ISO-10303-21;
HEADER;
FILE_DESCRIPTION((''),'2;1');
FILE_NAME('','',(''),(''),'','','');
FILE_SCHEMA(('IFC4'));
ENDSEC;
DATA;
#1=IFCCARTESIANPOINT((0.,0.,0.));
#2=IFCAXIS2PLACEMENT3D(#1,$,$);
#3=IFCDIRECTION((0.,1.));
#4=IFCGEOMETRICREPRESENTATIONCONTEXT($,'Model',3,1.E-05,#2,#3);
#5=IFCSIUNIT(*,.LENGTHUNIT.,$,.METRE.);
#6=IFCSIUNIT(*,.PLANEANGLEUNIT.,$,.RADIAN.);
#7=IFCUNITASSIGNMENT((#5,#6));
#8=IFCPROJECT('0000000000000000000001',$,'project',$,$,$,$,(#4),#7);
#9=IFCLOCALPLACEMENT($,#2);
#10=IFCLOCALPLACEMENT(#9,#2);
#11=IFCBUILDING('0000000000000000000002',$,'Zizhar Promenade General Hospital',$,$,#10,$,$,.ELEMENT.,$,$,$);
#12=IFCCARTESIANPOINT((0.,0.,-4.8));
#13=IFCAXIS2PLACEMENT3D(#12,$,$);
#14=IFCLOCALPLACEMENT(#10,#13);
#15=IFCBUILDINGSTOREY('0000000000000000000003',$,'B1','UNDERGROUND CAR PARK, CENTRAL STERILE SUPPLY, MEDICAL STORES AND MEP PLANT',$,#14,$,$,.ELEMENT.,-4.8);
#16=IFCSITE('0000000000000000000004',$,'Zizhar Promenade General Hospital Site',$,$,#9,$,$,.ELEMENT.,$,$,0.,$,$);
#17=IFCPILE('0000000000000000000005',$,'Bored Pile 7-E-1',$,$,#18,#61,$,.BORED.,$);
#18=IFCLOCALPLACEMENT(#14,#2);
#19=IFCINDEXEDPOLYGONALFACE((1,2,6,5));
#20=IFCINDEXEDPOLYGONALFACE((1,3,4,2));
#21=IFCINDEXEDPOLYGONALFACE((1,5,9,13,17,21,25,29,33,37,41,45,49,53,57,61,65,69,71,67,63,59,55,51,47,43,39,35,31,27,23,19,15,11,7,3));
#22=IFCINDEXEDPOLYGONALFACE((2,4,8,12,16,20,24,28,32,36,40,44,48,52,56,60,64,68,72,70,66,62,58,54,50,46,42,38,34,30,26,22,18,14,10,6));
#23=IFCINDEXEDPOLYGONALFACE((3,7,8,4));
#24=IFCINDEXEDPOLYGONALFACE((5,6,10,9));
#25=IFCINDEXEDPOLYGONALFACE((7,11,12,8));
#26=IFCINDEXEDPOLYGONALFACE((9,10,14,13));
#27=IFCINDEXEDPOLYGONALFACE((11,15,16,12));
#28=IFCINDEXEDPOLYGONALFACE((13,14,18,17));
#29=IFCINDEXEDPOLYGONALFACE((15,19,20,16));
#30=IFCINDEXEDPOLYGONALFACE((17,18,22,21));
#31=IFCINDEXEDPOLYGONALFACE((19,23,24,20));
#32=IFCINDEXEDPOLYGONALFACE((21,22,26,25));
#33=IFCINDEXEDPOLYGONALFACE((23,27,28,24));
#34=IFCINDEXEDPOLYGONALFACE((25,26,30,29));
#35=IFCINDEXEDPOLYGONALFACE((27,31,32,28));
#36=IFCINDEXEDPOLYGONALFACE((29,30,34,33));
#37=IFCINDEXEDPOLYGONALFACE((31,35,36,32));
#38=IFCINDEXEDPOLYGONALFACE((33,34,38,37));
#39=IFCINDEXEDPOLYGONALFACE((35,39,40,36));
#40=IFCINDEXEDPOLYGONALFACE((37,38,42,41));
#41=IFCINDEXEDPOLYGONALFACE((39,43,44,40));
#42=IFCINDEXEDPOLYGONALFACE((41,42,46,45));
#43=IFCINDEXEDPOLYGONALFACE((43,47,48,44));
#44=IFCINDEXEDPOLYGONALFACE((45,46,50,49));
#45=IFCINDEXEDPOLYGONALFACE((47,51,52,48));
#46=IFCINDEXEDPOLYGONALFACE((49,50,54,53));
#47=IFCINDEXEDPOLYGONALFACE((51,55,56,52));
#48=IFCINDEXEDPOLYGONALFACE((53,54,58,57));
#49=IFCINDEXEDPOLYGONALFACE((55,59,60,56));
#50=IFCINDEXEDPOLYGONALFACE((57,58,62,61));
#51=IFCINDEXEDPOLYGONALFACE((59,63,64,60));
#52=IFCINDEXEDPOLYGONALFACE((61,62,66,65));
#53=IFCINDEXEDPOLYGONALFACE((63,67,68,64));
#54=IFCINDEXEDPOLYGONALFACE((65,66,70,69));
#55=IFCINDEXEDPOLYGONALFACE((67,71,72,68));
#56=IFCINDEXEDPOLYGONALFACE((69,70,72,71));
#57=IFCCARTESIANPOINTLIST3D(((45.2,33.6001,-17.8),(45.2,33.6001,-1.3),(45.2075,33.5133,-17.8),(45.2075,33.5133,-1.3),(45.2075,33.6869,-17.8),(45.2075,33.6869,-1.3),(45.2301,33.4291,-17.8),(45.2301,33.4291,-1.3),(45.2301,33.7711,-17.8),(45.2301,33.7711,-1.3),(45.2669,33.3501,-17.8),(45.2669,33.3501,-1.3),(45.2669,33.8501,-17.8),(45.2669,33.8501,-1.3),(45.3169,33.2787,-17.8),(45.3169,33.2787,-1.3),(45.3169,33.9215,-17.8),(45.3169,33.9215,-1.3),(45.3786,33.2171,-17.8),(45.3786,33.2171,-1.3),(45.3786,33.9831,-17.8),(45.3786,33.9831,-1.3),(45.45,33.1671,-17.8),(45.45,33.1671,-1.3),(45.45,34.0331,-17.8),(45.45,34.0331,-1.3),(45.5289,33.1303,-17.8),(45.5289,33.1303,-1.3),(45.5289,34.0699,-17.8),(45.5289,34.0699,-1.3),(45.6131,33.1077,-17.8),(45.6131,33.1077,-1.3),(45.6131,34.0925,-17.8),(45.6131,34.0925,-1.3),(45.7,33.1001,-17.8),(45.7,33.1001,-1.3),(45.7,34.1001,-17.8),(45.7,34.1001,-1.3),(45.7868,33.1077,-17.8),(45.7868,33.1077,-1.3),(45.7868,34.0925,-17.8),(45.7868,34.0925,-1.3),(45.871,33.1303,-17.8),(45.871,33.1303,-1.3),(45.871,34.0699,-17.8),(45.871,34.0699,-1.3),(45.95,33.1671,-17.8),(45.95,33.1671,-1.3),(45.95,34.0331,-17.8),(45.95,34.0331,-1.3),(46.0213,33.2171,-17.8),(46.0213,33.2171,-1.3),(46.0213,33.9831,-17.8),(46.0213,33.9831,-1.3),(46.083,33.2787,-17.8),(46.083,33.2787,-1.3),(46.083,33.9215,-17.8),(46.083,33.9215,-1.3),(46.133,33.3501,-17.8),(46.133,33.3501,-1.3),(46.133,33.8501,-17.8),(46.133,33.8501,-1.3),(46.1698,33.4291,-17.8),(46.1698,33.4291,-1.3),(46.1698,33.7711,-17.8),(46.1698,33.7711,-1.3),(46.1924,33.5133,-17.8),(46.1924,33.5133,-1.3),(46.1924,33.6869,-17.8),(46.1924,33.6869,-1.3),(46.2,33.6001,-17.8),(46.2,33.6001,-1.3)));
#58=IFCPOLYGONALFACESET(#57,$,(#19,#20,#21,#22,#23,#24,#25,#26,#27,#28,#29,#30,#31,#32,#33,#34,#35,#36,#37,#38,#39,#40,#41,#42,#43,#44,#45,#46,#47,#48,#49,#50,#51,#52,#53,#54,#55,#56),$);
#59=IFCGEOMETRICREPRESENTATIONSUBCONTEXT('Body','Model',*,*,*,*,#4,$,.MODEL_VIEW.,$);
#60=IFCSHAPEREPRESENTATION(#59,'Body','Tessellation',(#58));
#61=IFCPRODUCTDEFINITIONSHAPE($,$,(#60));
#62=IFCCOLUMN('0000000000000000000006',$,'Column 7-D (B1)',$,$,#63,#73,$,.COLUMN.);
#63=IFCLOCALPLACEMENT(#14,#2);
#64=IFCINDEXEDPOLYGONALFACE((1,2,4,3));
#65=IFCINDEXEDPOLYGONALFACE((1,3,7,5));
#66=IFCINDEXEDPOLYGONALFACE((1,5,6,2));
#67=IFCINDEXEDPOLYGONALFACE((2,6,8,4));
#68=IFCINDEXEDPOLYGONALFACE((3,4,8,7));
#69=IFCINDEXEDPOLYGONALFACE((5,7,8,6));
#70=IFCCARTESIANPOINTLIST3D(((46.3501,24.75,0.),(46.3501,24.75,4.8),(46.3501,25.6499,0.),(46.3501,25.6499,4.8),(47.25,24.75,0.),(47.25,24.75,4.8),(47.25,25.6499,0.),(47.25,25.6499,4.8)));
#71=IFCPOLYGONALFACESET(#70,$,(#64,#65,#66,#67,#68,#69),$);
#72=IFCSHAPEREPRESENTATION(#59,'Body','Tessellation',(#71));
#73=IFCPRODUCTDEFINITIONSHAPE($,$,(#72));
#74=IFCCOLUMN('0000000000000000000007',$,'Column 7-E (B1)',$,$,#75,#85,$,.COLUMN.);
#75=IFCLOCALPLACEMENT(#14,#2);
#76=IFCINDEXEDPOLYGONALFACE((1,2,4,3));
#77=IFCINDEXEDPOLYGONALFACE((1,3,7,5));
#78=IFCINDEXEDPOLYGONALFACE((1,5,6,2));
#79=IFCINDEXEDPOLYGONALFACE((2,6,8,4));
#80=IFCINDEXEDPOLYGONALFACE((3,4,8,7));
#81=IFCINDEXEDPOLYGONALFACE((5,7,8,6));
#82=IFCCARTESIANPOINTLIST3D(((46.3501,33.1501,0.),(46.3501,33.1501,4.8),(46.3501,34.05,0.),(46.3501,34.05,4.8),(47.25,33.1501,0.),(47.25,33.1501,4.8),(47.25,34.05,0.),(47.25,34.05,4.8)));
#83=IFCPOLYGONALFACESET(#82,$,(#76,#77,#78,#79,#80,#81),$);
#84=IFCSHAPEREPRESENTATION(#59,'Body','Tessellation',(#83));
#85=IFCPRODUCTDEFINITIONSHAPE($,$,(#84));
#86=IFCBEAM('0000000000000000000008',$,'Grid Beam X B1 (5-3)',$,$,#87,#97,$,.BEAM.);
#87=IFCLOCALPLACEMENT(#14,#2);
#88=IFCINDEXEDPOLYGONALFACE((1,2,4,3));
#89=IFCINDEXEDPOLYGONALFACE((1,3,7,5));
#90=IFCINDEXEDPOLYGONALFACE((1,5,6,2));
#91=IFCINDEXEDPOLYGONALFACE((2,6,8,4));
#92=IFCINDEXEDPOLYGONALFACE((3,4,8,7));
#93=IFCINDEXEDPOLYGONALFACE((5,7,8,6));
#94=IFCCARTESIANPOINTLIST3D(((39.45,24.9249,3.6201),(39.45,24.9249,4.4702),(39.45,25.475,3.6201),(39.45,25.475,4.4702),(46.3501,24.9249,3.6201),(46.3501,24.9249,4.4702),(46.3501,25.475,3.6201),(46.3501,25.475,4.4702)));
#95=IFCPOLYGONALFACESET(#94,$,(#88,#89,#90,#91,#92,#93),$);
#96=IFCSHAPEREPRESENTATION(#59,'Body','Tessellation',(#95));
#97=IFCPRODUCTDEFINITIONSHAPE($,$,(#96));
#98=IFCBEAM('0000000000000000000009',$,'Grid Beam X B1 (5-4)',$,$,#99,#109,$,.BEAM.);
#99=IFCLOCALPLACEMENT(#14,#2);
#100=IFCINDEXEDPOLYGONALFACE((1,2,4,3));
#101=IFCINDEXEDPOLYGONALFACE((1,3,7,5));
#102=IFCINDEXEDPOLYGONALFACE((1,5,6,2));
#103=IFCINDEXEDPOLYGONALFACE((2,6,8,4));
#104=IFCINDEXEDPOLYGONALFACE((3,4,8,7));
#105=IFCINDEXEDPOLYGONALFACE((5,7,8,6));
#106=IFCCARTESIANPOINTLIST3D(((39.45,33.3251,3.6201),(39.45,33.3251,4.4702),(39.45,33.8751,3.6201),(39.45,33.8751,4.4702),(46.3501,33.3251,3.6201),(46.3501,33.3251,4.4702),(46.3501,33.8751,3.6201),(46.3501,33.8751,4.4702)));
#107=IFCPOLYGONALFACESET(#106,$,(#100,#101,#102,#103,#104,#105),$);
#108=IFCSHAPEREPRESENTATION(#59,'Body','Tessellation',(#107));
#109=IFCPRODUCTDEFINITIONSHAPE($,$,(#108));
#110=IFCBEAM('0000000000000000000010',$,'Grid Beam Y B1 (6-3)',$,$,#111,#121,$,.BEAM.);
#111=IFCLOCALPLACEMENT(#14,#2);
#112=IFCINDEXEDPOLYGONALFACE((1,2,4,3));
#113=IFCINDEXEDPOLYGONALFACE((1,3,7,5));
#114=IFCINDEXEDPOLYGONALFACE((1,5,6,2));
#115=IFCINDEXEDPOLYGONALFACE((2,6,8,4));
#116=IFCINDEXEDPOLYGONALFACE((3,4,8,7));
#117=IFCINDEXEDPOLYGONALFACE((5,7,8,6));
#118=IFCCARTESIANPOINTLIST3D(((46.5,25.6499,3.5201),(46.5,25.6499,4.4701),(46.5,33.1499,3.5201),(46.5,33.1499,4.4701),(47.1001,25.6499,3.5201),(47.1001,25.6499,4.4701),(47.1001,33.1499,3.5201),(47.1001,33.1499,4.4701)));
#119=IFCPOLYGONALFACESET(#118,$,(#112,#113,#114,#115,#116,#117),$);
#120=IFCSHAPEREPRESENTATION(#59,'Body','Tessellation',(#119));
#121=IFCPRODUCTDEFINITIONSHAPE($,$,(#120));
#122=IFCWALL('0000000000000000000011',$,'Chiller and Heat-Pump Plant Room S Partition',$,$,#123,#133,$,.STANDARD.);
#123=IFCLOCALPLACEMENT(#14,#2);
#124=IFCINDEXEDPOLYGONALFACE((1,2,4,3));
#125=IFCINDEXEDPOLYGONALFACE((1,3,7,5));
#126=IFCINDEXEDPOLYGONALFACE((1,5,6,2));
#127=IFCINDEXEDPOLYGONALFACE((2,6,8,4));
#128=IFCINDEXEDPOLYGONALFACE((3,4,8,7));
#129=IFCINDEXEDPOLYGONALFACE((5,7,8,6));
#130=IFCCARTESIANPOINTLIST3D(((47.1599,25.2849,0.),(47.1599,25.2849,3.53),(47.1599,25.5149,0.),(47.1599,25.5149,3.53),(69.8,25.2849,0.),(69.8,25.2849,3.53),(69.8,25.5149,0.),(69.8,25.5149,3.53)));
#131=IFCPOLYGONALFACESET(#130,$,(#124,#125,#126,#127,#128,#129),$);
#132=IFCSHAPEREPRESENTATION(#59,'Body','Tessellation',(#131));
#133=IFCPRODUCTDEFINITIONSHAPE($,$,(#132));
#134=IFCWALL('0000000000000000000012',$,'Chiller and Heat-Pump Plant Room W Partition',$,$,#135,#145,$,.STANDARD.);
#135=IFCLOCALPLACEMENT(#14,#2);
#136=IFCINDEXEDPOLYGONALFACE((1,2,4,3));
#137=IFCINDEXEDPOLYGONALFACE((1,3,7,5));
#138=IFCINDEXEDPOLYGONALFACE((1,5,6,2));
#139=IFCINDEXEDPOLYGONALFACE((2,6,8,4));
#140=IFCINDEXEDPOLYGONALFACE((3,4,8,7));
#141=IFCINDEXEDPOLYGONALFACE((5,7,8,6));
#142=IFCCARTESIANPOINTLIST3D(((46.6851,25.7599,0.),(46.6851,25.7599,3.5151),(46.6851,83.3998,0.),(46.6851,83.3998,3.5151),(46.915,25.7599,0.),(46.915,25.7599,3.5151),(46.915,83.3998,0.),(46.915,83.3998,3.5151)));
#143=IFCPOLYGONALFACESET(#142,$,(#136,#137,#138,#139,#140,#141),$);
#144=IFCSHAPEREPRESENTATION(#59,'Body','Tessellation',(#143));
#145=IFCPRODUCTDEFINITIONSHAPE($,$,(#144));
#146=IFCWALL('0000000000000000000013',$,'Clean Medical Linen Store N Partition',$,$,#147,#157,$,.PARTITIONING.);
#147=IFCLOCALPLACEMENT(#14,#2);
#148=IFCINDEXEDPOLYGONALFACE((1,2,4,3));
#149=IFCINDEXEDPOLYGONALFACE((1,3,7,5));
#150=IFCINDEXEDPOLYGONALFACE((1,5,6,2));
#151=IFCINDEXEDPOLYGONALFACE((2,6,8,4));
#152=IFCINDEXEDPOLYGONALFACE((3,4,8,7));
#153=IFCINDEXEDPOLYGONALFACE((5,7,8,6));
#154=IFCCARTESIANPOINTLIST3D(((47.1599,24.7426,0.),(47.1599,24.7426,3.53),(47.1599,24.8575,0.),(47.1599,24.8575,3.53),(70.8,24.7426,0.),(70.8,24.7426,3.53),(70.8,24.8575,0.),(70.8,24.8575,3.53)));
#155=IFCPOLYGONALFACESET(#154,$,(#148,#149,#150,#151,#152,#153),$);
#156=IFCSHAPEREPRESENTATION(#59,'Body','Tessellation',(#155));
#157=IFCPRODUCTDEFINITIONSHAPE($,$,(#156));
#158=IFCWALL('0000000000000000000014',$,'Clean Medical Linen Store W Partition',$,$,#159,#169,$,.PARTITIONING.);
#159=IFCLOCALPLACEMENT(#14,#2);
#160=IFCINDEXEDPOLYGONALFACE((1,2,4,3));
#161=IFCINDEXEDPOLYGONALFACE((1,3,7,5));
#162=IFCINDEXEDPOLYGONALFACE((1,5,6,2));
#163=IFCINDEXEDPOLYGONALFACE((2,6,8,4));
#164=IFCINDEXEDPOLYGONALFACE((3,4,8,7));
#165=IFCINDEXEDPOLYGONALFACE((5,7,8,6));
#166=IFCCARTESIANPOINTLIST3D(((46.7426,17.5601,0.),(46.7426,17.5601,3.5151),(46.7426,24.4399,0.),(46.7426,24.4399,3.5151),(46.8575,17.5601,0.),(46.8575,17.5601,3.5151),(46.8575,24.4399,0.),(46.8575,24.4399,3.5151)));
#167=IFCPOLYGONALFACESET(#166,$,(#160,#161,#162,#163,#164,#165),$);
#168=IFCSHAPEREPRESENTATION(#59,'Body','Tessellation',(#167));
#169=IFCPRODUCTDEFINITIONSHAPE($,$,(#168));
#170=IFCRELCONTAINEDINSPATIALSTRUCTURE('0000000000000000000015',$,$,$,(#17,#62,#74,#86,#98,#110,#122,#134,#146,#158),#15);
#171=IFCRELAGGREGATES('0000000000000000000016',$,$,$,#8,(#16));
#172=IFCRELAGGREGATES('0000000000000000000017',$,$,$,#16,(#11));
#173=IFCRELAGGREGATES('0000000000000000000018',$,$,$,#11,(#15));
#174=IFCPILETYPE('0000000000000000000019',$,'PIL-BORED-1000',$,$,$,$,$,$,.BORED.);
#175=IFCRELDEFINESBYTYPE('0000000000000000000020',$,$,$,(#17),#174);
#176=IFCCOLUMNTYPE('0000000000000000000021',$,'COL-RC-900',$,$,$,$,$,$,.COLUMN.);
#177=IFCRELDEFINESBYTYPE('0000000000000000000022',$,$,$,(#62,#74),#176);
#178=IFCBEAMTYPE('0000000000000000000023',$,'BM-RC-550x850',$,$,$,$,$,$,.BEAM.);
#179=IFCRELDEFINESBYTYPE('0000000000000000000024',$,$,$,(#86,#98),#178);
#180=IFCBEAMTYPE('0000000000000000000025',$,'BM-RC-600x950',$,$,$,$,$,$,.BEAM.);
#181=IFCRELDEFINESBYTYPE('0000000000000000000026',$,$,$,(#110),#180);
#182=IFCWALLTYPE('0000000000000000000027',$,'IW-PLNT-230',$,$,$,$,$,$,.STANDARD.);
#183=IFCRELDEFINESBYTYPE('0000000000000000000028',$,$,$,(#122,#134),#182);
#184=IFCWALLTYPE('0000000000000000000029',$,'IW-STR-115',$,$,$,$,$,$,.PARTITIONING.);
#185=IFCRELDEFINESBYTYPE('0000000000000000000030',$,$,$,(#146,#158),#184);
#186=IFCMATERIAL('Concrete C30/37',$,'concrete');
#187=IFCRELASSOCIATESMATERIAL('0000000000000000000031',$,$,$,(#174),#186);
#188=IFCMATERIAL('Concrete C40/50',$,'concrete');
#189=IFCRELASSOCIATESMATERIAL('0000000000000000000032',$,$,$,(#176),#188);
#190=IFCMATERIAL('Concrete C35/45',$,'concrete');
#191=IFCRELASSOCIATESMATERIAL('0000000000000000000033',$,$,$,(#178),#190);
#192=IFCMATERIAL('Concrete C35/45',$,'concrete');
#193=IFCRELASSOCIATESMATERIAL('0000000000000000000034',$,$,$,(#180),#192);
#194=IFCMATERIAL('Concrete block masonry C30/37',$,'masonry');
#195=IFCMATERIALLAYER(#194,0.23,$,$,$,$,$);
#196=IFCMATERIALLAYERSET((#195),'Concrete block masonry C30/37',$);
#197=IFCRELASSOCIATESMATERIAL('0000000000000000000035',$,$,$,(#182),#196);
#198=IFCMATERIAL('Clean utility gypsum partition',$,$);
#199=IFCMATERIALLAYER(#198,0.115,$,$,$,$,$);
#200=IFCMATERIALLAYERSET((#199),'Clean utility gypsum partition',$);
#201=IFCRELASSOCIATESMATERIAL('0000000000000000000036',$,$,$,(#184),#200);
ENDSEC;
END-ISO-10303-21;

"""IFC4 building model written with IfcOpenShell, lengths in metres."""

from ifc_helpers import new_model, si_unit, direction, frame, frame_2d, origin, origin_2d, place, context, subcontext, project, spatial, rectangle, circle, extrude, material, layer, layer_set, material_profile, profile_set, type_object, element, save


model = new_model("IFC4")

# Units and contexts
model_context = context("Model", 3, precision=1e-05, world=origin(), true_north=direction((0.0, 1.0)))
body_context = subcontext(model_context, "Body", "Model", "MODEL_VIEW")
ifc_project = project(units=[si_unit("LENGTHUNIT", "METRE"), si_unit("PLANEANGLEUNIT", "RADIAN")], contexts=[model_context])

# Site, building, storey
site_placement = place(None, origin())
site = spatial("IfcSite", under=ifc_project, at=site_placement, Name="Zizhar Promenade General Hospital Site", CompositionType="ELEMENT", RefElevation=0.0)
building_placement = place(site_placement, origin())
building = spatial("IfcBuilding", under=site, at=building_placement, Name="Zizhar Promenade General Hospital", CompositionType="ELEMENT")
storey_placement = place(building_placement, frame((0.0, 0.0, -4.8)))
storey = spatial("IfcBuildingStorey", under=building, at=storey_placement, Name="B1", Description="UNDERGROUND CAR PARK, CENTRAL STERILE SUPPLY, MEDICAL STORES AND MEP PLANT", CompositionType="ELEMENT", Elevation=-4.8)

# Pile
ifc_material_1 = material(Name="Concrete C30/37", Category="concrete")
ifc_material_profile_1 = material_profile(ifc_material_1, circle(Radius=0.5, at=origin_2d()))
ifc_profile_set_1 = profile_set([ifc_material_profile_1], Name="Concrete C30/37")
pile_type = type_object("IfcPileType", Name="PIL-BORED-1000", PredefinedType="BORED", material=ifc_profile_set_1)
for number, where, z_axis, x_axis, name in (
    (1, (45.7, 33.6001, -1.3), (0.0, 0.0, -1.0), (1.0, 0.0, 0.0), "Bored Pile 7-E-1"),
):
    element("IfcPile", number, at=place(storey_placement, frame(where, z_axis=z_axis, x_axis=x_axis)), inside=storey, type_object=pile_type, Name=name, PredefinedType="BORED", context=body_context, shape_type="SweptSolid", body=[
        extrude(circle(Radius=0.5, at=origin_2d()), origin(), (0.0, 0.0, 1.0), 16.5),
    ])

# Columns
ifc_material_2 = material(Name="Concrete C40/50", Category="concrete")
ifc_material_profile_2 = material_profile(ifc_material_2, rectangle(XDim=0.8999, YDim=0.8999, at=origin_2d()))
ifc_profile_set_2 = profile_set([ifc_material_profile_2], Name="Concrete C40/50")
column_type = type_object("IfcColumnType", Name="COL-RC-900", PredefinedType="COLUMN", material=ifc_profile_set_2)
for number, where, z_axis, x_axis, name in (
    (2, (46.8, 25.2, 0.0), (0.0, 0.0, 1.0), (1.0, 0.0, 0.0), "Column 7-D (B1)"),
    (3, (46.8, 33.6001, 0.0), (0.0, 0.0, 1.0), (1.0, 0.0, 0.0), "Column 7-E (B1)"),
):
    element("IfcColumn", number, at=place(storey_placement, frame(where, z_axis=z_axis, x_axis=x_axis)), inside=storey, type_object=column_type, Name=name, PredefinedType="COLUMN", context=body_context, shape_type="SweptSolid", body=[
        extrude(rectangle(XDim=0.8999, YDim=0.8999, at=origin_2d()), origin(), (0.0, 0.0, 1.0), 4.8),
    ])

# Beams
ifc_material_3 = material(Name="Concrete C35/45", Category="concrete")
ifc_material_profile_3 = material_profile(ifc_material_3, rectangle(XDim=0.55, YDim=0.8501, at=origin_2d()))
ifc_profile_set_3 = profile_set([ifc_material_profile_3], Name="Concrete C35/45")
beam_type_1 = type_object("IfcBeamType", Name="BM-RC-550x850", PredefinedType="BEAM", material=ifc_profile_set_3)
for number, where, z_axis, x_axis, name in (
    (4, (39.45, 25.2, 4.0452), (1.0, 0.0, 0.0), (0.0, 1.0, 0.0), "Grid Beam X B1 (5-3)"),
    (5, (39.45, 33.6001, 4.0452), (1.0, 0.0, 0.0), (0.0, 1.0, 0.0), "Grid Beam X B1 (5-4)"),
):
    element("IfcBeam", number, at=place(storey_placement, frame(where, z_axis=z_axis, x_axis=x_axis)), inside=storey, type_object=beam_type_1, Name=name, PredefinedType="BEAM", context=body_context, shape_type="SweptSolid", body=[
        extrude(rectangle(XDim=0.55, YDim=0.8501, at=origin_2d()), origin(), (0.0, 0.0, 1.0), 6.9001),
    ])
ifc_material_4 = material(Name="Concrete C35/45", Category="concrete")
ifc_material_profile_4 = material_profile(ifc_material_4, rectangle(XDim=0.6001, YDim=0.95, at=origin_2d()))
ifc_profile_set_4 = profile_set([ifc_material_profile_4], Name="Concrete C35/45")
beam_type_2 = type_object("IfcBeamType", Name="BM-RC-600x950", PredefinedType="BEAM", material=ifc_profile_set_4)
beam_placement = place(storey_placement, frame((46.8, 25.6499, 3.9951), z_axis=(0.0, 1.0, 0.0), x_axis=(-1.0, 0.0, 0.0)))
element("IfcBeam", 6, at=beam_placement, inside=storey, type_object=beam_type_2, Name="Grid Beam Y B1 (6-3)", PredefinedType="BEAM", context=body_context, shape_type="SweptSolid", body=[
    extrude(rectangle(XDim=0.6001, YDim=0.95, at=origin_2d()), origin(), (0.0, 0.0, 1.0), 7.5),
])

# Walls
ifc_material_5 = material(Name="Concrete block masonry C30/37", Category="masonry")
ifc_layer_1 = layer(ifc_material_5, 0.23)
ifc_layer_set_1 = layer_set([ifc_layer_1], Name="Concrete block masonry C30/37")
wall_type_1 = type_object("IfcWallType", Name="IW-PLNT-230", PredefinedType="STANDARD", material=ifc_layer_set_1)
wall_1_placement = place(storey_placement, frame((47.1599, 25.3999, 0.0), z_axis=(0.0, 0.0, 1.0), x_axis=(1.0, 0.0, 0.0)))
element("IfcWall", 7, at=wall_1_placement, inside=storey, type_object=wall_type_1, Name="Chiller and Heat-Pump Plant Room S Partition", PredefinedType="STANDARD", context=body_context, shape_type="SweptSolid", body=[
    extrude(rectangle(XDim=22.6401, YDim=0.23, at=frame_2d((11.3201, 0.0))), origin(), (0.0, 0.0, 1.0), 3.53),
])
wall_2_placement = place(storey_placement, frame((46.8, 25.76, 0.0), z_axis=(0.0, 0.0, 1.0), x_axis=(0.0, 1.0, 0.0)))
element("IfcWall", 8, at=wall_2_placement, inside=storey, type_object=wall_type_1, Name="Chiller and Heat-Pump Plant Room W Partition", PredefinedType="STANDARD", context=body_context, shape_type="SweptSolid", body=[
    extrude(rectangle(XDim=57.6399, YDim=0.23, at=frame_2d((28.8198, 0.0))), origin(), (0.0, 0.0, 1.0), 3.5151),
])
ifc_material_6 = material(Name="Clean utility gypsum partition")
ifc_layer_2 = layer(ifc_material_6, 0.115)
ifc_layer_set_2 = layer_set([ifc_layer_2], Name="Clean utility gypsum partition")
wall_type_2 = type_object("IfcWallType", Name="IW-STR-115", PredefinedType="PARTITIONING", material=ifc_layer_set_2)
wall_3_placement = place(storey_placement, frame((47.1599, 24.8, 0.0), z_axis=(0.0, 0.0, 1.0), x_axis=(1.0, 0.0, 0.0)))
element("IfcWall", 9, at=wall_3_placement, inside=storey, type_object=wall_type_2, Name="Clean Medical Linen Store N Partition", PredefinedType="PARTITIONING", context=body_context, shape_type="SweptSolid", body=[
    extrude(rectangle(XDim=23.6401, YDim=0.115, at=frame_2d((11.8201, 0.0))), origin(), (0.0, 0.0, 1.0), 3.53),
])
wall_4_placement = place(storey_placement, frame((46.8, 17.5601, 0.0), z_axis=(0.0, 0.0, 1.0), x_axis=(0.0, 1.0, 0.0)))
element("IfcWall", 10, at=wall_4_placement, inside=storey, type_object=wall_type_2, Name="Clean Medical Linen Store W Partition", PredefinedType="PARTITIONING", context=body_context, shape_type="SweptSolid", body=[
    extrude(rectangle(XDim=6.8799, YDim=0.115, at=frame_2d((3.4399, 0.0))), origin(), (0.0, 0.0, 1.0), 3.5151),
])

save(model, "model.ifc")
